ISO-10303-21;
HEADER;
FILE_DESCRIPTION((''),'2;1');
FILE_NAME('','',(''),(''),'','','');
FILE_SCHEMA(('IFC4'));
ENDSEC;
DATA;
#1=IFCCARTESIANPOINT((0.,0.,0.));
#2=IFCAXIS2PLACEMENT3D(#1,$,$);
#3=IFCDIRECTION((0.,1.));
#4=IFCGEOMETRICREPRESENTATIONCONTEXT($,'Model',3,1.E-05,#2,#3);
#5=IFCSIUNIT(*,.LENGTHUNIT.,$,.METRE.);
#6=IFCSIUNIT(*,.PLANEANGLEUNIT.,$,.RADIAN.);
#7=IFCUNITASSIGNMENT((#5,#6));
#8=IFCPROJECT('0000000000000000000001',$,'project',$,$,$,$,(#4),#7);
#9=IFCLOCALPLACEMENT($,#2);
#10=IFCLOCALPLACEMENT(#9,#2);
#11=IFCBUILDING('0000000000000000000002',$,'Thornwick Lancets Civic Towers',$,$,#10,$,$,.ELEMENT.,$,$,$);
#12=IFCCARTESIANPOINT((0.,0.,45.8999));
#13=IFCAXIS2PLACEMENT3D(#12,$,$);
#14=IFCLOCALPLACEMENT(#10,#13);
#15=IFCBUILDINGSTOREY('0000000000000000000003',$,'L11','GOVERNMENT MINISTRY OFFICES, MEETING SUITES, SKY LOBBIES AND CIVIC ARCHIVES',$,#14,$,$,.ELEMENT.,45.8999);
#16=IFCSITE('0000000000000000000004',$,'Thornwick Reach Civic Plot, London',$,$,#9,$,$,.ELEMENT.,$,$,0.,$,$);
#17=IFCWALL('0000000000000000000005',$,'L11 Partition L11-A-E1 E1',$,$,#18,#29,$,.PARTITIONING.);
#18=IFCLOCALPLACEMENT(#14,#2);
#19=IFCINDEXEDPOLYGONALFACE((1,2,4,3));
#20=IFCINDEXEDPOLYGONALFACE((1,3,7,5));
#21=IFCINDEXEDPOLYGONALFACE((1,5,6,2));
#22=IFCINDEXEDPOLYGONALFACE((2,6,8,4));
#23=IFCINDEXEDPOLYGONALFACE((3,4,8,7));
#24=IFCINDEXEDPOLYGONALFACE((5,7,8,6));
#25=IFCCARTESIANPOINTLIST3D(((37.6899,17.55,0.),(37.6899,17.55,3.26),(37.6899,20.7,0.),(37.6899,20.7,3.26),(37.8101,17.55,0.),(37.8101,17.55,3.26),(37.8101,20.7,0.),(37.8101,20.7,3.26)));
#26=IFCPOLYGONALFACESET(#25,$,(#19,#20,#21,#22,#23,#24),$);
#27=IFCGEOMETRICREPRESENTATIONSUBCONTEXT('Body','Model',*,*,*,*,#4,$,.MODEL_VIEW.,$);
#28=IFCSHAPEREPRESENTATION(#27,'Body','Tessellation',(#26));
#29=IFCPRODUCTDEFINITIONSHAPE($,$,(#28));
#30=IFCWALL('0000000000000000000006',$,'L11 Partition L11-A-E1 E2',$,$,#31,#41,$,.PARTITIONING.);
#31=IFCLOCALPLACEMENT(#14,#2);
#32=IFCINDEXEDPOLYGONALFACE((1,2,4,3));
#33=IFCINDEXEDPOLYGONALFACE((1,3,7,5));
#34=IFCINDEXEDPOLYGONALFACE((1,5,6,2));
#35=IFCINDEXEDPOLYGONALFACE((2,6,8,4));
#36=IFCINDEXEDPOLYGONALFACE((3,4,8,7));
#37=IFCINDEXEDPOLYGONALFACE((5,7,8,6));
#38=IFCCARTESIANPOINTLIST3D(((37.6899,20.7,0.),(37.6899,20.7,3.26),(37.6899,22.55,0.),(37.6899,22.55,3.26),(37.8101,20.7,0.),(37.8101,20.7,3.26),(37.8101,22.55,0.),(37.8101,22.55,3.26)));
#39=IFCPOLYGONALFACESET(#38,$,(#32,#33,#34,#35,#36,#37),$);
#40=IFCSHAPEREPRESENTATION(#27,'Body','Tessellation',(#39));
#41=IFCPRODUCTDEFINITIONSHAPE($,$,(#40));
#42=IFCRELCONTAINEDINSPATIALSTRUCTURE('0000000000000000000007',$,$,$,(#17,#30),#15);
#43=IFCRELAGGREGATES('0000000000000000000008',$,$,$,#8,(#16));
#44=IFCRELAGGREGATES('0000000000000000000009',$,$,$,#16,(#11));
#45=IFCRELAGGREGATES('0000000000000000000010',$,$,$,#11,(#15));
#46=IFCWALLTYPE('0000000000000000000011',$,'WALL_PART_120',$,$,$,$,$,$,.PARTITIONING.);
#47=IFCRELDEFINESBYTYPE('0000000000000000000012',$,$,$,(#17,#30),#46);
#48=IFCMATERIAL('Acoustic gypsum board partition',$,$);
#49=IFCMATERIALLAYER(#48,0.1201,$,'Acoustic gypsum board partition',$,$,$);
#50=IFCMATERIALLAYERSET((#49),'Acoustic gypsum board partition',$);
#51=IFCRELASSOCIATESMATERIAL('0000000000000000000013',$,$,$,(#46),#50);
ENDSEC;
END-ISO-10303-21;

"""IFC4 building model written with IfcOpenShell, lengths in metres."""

from ifc_helpers import new_model, si_unit, direction, frame, frame_2d, origin, place, context, subcontext, project, spatial, rectangle, extrude, material, layer, layer_set, type_object, element, save


model = new_model("IFC4")

# Units and contexts
model_context = context("Model", 3, precision=1e-05, world=origin(), true_north=direction((0.0, 1.0)))
body_context = subcontext(model_context, "Body", "Model", "MODEL_VIEW")
ifc_project = project(units=[si_unit("LENGTHUNIT", "METRE"), si_unit("PLANEANGLEUNIT", "RADIAN")], contexts=[model_context])

# Site, building, storey
site_placement = place(None, origin())
site = spatial("IfcSite", under=ifc_project, at=site_placement, Name="Thornwick Reach Civic Plot, London", CompositionType="ELEMENT", RefElevation=0.0)
building_placement = place(site_placement, origin())
building = spatial("IfcBuilding", under=site, at=building_placement, Name="Thornwick Lancets Civic Towers", CompositionType="ELEMENT")
storey_placement = place(building_placement, frame((0.0, 0.0, 45.8999)))
storey = spatial("IfcBuildingStorey", under=building, at=storey_placement, Name="L11", Description="GOVERNMENT MINISTRY OFFICES, MEETING SUITES, SKY LOBBIES AND CIVIC ARCHIVES", CompositionType="ELEMENT", Elevation=45.8999)

# Walls
ifc_material_1 = material(Name="Acoustic gypsum board partition")
ifc_layer_1 = layer(ifc_material_1, 0.1201, Name="Acoustic gypsum board partition")
ifc_layer_set_1 = layer_set([ifc_layer_1], Name="Acoustic gypsum board partition")
wall_type_1 = type_object("IfcWallType", Name="WALL_PART_120", PredefinedType="PARTITIONING", material=ifc_layer_set_1)
wall_1_placement = place(storey_placement, frame((37.75, 17.55, 0.0), z_axis=(0.0, 0.0, 1.0), x_axis=(0.0, 1.0, 0.0)))
element("IfcWall", 1, at=wall_1_placement, inside=storey, type_object=wall_type_1, Name="L11 Partition L11-A-E1 E1", PredefinedType="PARTITIONING", context=body_context, shape_type="SweptSolid", body=[
    extrude(rectangle(XDim=3.1499, YDim=0.1201, at=frame_2d((1.575, 0.0))), origin(), (0.0, 0.0, 1.0), 3.26),
])
wall_2_placement = place(storey_placement, frame((37.75, 20.7, 0.0), z_axis=(0.0, 0.0, 1.0), x_axis=(0.0, 1.0, 0.0)))
element("IfcWall", 2, at=wall_2_placement, inside=storey, type_object=wall_type_1, Name="L11 Partition L11-A-E1 E2", PredefinedType="PARTITIONING", context=body_context, shape_type="SweptSolid", body=[
    extrude(rectangle(XDim=1.8501, YDim=0.1201, at=frame_2d((0.925, 0.0))), origin(), (0.0, 0.0, 1.0), 3.26),
])

save(model, "model.ifc")
